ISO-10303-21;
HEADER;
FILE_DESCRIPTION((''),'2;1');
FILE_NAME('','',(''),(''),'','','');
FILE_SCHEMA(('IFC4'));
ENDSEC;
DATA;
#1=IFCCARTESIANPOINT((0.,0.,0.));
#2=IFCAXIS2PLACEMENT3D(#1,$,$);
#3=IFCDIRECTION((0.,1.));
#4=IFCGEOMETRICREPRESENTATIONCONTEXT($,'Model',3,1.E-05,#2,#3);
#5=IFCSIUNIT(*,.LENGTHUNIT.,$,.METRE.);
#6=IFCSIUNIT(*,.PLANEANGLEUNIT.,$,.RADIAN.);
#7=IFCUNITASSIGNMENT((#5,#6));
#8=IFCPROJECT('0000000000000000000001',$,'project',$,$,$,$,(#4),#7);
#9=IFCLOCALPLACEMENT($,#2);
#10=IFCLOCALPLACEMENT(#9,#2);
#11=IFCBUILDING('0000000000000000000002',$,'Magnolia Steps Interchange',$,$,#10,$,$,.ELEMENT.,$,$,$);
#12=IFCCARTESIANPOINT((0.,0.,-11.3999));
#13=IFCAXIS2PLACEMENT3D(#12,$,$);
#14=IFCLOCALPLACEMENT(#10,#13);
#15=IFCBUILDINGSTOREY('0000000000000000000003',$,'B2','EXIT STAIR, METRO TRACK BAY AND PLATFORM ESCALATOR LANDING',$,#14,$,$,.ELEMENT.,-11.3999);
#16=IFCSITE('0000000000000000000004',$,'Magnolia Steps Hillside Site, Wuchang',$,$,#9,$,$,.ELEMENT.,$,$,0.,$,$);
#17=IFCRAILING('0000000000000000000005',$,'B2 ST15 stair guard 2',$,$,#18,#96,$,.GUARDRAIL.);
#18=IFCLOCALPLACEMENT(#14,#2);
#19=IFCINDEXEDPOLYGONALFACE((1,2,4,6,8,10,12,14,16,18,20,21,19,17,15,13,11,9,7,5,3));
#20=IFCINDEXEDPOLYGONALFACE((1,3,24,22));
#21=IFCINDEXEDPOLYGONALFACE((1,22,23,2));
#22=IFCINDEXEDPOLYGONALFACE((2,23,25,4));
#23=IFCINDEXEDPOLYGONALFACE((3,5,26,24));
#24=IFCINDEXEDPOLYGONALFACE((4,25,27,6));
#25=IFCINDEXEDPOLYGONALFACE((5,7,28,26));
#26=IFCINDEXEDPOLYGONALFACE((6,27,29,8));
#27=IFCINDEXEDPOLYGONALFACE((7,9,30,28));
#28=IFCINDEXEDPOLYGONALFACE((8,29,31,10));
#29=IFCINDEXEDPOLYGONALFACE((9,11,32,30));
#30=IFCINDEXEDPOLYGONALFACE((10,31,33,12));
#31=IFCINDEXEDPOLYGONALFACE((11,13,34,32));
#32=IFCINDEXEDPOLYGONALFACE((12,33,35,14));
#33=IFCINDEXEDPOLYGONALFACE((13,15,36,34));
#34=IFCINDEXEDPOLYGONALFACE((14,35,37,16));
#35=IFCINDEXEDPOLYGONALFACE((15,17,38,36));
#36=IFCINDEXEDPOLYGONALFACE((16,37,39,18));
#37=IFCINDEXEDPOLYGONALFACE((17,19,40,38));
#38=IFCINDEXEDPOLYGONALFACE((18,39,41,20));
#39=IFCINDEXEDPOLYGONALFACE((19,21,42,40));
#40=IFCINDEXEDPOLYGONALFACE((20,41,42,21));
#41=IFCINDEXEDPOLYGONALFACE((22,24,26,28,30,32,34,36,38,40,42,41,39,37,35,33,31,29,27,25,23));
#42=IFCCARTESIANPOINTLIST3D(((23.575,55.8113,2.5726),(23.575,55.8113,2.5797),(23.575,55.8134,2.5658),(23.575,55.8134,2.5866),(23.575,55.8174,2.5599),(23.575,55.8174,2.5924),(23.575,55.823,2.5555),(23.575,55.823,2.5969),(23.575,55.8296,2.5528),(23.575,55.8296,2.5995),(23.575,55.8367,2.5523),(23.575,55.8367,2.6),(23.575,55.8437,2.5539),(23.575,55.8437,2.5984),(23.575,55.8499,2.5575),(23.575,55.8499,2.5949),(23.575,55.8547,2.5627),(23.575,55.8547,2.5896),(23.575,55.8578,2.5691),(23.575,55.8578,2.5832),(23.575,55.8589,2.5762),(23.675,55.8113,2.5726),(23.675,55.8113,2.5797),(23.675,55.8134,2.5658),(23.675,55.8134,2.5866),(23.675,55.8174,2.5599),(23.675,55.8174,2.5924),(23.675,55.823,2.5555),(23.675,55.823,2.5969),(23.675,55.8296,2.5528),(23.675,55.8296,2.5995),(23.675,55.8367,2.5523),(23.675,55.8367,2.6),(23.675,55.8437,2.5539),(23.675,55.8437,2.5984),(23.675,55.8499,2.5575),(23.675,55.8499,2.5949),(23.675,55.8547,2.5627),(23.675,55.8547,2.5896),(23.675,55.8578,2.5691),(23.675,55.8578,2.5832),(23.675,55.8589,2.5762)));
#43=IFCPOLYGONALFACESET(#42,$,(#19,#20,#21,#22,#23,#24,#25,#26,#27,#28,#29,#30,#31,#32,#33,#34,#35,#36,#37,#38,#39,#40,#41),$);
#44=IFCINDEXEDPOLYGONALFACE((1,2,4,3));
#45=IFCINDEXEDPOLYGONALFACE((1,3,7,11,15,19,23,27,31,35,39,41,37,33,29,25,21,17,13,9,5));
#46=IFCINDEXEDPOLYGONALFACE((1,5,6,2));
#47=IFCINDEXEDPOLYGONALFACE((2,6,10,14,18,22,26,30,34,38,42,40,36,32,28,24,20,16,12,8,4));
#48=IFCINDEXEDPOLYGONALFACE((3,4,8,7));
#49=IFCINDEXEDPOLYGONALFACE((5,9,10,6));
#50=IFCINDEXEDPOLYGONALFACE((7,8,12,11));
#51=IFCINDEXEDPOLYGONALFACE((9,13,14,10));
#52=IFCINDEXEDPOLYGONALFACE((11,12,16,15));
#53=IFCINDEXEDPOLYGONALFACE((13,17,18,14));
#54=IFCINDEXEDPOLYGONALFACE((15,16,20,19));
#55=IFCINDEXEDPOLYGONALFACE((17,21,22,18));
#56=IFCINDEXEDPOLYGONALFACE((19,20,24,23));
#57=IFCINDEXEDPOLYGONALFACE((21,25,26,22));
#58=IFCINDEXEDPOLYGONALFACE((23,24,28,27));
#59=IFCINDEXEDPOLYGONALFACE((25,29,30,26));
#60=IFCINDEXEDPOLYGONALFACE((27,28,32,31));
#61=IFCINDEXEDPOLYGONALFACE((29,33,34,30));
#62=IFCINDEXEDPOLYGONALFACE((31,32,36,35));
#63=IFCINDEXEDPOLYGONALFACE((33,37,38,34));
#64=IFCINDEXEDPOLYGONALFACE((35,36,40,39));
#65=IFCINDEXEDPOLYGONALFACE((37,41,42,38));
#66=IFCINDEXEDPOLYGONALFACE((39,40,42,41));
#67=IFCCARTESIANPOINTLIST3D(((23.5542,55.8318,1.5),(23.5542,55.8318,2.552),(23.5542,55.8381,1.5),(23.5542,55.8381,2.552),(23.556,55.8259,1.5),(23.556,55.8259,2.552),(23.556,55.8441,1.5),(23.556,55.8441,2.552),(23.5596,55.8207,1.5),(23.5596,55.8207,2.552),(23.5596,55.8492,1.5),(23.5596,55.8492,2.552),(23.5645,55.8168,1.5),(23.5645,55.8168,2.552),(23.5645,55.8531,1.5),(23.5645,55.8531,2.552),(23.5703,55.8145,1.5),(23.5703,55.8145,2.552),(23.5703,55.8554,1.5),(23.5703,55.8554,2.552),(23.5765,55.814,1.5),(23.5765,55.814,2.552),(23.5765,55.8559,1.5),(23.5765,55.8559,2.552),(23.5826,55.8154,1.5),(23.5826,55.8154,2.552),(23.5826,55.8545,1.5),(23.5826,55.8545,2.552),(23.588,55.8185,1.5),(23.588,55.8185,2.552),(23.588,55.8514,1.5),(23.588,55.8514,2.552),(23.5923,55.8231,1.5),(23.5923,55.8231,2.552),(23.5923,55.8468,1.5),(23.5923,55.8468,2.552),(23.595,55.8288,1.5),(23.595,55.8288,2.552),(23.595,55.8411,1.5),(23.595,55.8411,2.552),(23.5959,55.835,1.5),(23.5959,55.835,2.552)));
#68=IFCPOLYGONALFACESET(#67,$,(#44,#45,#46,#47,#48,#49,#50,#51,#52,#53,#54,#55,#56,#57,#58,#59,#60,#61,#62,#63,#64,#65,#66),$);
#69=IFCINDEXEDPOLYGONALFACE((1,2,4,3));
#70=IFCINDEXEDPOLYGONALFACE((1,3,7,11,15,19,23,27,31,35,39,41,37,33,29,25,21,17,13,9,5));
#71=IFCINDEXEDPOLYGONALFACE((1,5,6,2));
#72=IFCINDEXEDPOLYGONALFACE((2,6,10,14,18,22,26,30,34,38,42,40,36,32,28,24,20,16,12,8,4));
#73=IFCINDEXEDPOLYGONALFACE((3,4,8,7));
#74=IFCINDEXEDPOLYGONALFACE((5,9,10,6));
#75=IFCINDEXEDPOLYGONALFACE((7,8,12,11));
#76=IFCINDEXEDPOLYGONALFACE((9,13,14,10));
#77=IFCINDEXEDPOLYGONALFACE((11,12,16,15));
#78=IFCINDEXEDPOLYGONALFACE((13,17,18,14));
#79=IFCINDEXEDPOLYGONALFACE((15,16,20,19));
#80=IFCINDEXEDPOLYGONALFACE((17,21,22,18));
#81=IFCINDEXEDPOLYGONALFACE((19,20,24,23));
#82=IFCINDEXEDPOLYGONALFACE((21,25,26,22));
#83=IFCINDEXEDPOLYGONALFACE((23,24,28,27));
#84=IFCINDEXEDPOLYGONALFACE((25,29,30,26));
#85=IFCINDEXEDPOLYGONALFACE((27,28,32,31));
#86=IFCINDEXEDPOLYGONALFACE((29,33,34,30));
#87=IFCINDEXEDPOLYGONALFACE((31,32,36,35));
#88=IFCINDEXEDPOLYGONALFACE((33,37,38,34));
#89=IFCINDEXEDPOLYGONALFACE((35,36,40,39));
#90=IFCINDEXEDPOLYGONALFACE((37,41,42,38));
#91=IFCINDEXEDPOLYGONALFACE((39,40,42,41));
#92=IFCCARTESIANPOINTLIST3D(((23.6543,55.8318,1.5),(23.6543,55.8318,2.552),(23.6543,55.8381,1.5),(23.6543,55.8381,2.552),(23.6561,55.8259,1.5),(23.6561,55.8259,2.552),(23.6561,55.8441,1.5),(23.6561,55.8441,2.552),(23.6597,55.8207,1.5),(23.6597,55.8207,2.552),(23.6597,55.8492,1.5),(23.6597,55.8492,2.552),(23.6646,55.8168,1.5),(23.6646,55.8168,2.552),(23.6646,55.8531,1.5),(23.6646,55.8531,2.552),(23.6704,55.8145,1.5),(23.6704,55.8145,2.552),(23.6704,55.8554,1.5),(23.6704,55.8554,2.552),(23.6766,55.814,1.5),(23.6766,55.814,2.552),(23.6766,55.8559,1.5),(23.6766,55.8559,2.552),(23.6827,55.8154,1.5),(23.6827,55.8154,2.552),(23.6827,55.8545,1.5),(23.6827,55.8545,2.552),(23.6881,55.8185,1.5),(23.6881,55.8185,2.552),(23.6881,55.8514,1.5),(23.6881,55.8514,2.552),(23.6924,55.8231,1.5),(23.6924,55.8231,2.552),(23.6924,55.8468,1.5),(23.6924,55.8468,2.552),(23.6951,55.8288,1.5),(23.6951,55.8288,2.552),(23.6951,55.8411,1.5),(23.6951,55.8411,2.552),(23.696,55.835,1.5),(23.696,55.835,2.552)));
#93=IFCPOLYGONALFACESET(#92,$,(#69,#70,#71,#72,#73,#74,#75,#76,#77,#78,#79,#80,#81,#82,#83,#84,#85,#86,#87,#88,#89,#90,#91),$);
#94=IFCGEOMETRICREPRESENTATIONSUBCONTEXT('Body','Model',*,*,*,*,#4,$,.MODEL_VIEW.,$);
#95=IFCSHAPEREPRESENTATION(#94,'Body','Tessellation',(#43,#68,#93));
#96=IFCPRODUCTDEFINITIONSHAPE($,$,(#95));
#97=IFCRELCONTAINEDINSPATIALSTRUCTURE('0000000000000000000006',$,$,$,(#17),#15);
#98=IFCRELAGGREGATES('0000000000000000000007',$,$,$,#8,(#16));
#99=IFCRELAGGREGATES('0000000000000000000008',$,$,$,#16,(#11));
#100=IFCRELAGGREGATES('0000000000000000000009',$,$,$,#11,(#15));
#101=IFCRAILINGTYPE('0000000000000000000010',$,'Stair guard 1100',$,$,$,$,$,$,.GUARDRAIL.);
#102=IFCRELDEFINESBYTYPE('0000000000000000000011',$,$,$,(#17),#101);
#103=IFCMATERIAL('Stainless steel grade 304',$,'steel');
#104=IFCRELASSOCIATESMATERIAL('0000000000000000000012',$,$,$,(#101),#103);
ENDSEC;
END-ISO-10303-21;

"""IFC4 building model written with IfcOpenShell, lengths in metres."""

from ifc_helpers import new_model, si_unit, direction, frame, origin, origin_2d, place, context, subcontext, project, spatial, circle, extrude, material, type_object, element, save


model = new_model("IFC4")

# Units and contexts
model_context = context("Model", 3, precision=1e-05, world=origin(), true_north=direction((0.0, 1.0)))
body_context = subcontext(model_context, "Body", "Model", "MODEL_VIEW")
ifc_project = project(units=[si_unit("LENGTHUNIT", "METRE"), si_unit("PLANEANGLEUNIT", "RADIAN")], contexts=[model_context])

# Site, building, storey
site_placement = place(None, origin())
site = spatial("IfcSite", under=ifc_project, at=site_placement, Name="Magnolia Steps Hillside Site, Wuchang", CompositionType="ELEMENT", RefElevation=0.0)
building_placement = place(site_placement, origin())
building = spatial("IfcBuilding", under=site, at=building_placement, Name="Magnolia Steps Interchange", CompositionType="ELEMENT")
storey_placement = place(building_placement, frame((0.0, 0.0, -11.3999)))
storey = spatial("IfcBuildingStorey", under=building, at=storey_placement, Name="B2", Description="EXIT STAIR, METRO TRACK BAY AND PLATFORM ESCALATOR LANDING", CompositionType="ELEMENT", Elevation=-11.3999)

# Railing
ifc_material_1 = material(Name="Stainless steel grade 304", Category="steel")
railing_type_1 = type_object("IfcRailingType", Name="Stair guard 1100", PredefinedType="GUARDRAIL", material=ifc_material_1)
railing_1_placement = place(storey_placement, frame((23.575, 55.835, 1.5)))
element("IfcRailing", 1, at=railing_1_placement, inside=storey, type_object=railing_type_1, Name="B2 ST15 stair guard 2", PredefinedType="GUARDRAIL", context=body_context, shape_type="SweptSolid", body=[
    extrude(circle(Radius=0.0239, at=origin_2d()), frame((0.0, 0.0, 1.0762), z_axis=(1.0, 0.0, 0.0), x_axis=(0.0, 1.0, 0.0)), (0.0, 0.0, 1.0), 0.1001),
    extrude(circle(Radius=0.021, at=origin_2d()), origin(), (0.0, 0.0, 1.0), 1.052),
    extrude(circle(Radius=0.021, at=origin_2d()), frame((0.1001, 0.0, 0.0)), (0.0, 0.0, 1.0), 1.052),
])

save(model, "model.ifc")
